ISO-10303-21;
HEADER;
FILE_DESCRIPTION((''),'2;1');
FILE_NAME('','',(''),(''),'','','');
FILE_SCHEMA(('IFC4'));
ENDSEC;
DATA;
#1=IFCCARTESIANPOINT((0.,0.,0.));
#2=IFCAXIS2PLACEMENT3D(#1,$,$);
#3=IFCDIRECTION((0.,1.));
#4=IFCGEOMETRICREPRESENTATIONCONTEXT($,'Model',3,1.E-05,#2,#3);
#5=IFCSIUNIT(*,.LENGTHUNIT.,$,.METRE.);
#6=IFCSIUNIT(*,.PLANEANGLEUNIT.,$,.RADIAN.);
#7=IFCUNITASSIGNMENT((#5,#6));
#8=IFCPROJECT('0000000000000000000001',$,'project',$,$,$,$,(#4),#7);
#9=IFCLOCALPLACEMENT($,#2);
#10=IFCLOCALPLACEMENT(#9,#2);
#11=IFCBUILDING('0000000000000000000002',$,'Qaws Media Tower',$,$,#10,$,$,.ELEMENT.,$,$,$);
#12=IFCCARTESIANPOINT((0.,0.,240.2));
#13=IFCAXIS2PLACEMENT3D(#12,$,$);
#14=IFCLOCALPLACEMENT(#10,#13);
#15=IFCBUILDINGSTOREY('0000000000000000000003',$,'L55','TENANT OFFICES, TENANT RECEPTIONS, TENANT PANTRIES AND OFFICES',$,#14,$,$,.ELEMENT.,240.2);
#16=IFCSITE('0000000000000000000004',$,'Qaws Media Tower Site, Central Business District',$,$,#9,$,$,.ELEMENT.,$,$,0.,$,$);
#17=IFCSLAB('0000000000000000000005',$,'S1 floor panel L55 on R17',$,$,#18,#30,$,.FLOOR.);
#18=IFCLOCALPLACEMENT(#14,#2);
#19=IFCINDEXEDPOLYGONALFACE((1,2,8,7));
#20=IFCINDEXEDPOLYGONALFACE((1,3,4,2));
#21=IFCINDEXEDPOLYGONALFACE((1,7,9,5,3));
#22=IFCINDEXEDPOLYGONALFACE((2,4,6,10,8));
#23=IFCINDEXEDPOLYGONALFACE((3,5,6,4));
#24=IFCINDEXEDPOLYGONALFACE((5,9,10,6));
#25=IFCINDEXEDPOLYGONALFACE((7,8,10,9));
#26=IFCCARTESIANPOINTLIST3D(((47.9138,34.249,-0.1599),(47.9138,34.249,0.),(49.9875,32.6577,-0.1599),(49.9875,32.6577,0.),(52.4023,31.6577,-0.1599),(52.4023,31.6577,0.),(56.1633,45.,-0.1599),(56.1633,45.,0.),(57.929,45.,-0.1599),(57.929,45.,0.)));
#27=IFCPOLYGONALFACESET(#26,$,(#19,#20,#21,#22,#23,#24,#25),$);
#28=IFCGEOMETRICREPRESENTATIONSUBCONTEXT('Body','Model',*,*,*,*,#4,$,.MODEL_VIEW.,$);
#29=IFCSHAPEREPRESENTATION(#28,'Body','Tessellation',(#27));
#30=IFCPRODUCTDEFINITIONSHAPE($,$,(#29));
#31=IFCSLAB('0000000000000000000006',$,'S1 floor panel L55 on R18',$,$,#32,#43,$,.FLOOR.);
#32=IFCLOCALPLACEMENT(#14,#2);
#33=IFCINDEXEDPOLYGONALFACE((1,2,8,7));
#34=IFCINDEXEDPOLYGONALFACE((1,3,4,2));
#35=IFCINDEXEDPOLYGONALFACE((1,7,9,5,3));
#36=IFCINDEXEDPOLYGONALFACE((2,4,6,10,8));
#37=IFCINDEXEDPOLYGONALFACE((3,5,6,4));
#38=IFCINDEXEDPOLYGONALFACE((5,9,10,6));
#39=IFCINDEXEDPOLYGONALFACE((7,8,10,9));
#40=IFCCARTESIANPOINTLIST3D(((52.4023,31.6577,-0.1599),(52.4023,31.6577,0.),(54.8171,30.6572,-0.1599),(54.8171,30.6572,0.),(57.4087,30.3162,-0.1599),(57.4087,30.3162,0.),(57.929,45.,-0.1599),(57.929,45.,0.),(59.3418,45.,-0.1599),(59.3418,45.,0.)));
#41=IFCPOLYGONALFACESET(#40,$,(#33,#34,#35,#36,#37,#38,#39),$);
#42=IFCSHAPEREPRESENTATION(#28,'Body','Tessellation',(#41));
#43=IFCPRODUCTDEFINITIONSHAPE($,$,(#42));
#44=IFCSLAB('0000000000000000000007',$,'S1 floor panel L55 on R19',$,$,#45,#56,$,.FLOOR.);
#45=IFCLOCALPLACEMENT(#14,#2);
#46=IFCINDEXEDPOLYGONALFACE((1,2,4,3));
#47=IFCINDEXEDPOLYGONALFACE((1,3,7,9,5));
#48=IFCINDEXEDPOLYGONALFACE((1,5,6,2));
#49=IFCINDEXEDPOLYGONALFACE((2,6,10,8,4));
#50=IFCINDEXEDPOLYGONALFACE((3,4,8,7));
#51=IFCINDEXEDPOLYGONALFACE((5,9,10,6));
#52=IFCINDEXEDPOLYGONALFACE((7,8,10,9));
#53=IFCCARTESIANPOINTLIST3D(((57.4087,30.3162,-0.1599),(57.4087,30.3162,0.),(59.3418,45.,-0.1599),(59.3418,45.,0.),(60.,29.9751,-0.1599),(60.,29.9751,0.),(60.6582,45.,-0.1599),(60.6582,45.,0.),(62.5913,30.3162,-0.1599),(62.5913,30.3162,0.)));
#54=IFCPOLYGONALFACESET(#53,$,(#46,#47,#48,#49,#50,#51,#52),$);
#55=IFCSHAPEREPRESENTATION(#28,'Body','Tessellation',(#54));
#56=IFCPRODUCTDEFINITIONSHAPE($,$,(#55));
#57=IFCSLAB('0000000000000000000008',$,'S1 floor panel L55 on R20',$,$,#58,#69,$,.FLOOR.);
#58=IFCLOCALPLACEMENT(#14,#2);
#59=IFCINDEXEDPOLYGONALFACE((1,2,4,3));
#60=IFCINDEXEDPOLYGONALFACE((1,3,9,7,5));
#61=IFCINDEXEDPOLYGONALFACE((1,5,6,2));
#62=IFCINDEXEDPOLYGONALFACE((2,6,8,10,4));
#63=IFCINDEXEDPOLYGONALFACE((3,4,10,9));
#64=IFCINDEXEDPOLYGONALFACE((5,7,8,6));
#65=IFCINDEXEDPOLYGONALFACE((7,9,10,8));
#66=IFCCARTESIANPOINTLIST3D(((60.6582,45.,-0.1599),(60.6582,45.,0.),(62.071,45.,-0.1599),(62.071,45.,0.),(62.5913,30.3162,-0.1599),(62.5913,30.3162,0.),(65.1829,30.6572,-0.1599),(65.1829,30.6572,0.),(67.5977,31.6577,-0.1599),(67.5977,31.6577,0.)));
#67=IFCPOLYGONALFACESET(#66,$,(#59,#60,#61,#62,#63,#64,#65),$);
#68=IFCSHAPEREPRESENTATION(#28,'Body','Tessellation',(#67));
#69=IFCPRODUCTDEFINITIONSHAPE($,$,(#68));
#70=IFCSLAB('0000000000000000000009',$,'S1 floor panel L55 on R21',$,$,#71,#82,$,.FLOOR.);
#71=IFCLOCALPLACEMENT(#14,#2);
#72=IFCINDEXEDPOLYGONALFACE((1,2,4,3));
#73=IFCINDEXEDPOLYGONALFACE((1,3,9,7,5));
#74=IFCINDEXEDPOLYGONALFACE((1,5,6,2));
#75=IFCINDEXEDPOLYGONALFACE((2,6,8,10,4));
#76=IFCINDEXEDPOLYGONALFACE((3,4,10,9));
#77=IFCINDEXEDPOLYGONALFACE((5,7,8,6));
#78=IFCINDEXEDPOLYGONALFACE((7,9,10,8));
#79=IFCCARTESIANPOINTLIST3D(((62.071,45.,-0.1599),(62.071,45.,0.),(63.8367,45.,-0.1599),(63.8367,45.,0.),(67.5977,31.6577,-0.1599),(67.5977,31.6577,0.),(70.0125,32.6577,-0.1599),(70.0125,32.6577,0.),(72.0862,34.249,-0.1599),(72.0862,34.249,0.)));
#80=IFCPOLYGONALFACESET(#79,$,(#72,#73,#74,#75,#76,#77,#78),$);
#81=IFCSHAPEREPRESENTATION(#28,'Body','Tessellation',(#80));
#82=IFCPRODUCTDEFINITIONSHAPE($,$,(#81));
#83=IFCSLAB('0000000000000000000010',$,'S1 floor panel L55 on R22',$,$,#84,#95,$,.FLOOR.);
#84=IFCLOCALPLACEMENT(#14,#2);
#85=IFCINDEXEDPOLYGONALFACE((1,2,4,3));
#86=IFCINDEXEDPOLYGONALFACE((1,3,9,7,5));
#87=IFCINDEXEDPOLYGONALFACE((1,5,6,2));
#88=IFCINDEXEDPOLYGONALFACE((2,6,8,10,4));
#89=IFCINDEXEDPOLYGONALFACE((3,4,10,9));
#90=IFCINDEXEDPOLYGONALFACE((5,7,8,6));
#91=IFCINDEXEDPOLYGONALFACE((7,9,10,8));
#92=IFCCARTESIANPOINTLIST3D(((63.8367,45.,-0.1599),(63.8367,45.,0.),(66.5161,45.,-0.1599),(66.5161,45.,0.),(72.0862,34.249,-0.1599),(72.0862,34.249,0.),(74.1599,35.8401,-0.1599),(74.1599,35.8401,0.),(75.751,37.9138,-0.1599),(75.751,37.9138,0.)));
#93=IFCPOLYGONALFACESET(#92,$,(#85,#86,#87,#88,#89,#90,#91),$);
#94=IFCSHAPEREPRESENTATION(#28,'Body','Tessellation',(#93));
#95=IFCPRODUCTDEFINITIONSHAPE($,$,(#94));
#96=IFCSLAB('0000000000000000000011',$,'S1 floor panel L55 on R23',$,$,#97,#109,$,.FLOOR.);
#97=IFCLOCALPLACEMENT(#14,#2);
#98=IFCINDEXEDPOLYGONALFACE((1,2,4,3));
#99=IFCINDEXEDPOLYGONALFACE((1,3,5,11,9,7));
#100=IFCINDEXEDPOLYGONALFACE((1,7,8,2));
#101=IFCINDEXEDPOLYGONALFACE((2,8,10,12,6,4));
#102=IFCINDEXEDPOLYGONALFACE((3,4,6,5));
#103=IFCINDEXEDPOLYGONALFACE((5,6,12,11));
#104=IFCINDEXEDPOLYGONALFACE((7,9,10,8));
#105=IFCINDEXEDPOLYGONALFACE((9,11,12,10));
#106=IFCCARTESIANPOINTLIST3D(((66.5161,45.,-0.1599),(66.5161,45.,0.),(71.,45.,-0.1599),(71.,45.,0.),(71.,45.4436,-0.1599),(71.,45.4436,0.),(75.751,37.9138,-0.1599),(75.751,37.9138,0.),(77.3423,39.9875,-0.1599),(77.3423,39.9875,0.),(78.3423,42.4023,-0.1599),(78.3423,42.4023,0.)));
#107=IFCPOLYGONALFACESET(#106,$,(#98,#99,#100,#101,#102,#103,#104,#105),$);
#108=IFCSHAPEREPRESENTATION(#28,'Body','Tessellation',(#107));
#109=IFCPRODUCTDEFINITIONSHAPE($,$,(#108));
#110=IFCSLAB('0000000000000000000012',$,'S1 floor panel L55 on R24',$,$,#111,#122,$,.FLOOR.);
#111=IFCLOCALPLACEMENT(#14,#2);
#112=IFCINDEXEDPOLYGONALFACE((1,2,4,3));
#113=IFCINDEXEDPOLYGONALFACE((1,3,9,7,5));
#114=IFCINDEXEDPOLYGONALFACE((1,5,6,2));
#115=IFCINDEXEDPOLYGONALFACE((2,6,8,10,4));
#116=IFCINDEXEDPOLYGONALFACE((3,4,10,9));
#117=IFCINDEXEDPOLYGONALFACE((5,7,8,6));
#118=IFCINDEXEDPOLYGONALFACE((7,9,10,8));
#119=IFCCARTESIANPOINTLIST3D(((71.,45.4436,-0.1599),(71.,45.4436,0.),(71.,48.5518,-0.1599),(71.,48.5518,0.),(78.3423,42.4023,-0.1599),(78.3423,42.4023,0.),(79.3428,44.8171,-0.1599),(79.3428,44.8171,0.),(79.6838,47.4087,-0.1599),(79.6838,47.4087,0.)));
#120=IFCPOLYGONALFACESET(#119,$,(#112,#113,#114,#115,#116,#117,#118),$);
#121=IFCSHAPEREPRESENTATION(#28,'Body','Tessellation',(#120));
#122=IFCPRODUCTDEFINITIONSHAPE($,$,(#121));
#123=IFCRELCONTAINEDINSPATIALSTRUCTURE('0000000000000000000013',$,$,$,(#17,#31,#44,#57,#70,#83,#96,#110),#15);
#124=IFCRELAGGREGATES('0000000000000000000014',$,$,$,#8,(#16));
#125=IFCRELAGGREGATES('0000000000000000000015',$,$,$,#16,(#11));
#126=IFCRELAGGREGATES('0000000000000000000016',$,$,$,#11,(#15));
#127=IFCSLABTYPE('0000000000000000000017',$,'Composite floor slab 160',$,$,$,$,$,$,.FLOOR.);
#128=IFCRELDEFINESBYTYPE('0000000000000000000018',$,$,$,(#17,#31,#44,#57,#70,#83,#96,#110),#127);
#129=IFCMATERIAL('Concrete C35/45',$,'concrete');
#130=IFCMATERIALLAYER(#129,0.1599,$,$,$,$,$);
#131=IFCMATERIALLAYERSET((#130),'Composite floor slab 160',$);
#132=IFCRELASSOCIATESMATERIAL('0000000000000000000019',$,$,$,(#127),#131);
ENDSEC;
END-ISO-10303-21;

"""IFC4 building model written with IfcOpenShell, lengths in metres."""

from ifc_helpers import new_model, si_unit, direction, frame, origin, place, context, subcontext, project, spatial, polyline, outline, extrude, material, layer, layer_set, type_object, element, save


model = new_model("IFC4")

# Units and contexts
model_context = context("Model", 3, precision=1e-05, world=origin(), true_north=direction((0.0, 1.0)))
body_context = subcontext(model_context, "Body", "Model", "MODEL_VIEW")
ifc_project = project(units=[si_unit("LENGTHUNIT", "METRE"), si_unit("PLANEANGLEUNIT", "RADIAN")], contexts=[model_context])

# Site, building, storey
site_placement = place(None, origin())
site = spatial("IfcSite", under=ifc_project, at=site_placement, Name="Qaws Media Tower Site, Central Business District", CompositionType="ELEMENT", RefElevation=0.0)
building_placement = place(site_placement, origin())
building = spatial("IfcBuilding", under=site, at=building_placement, Name="Qaws Media Tower", CompositionType="ELEMENT")
storey_placement = place(building_placement, frame((0.0, 0.0, 240.2)))
storey = spatial("IfcBuildingStorey", under=building, at=storey_placement, Name="L55", Description="TENANT OFFICES, TENANT RECEPTIONS, TENANT PANTRIES AND OFFICES", CompositionType="ELEMENT", Elevation=240.2)

# Slabs
ifc_material_1 = material(Name="Concrete C35/45", Category="concrete")
ifc_layer_1 = layer(ifc_material_1, 0.1599)
ifc_layer_set_1 = layer_set([ifc_layer_1], Name="Composite floor slab 160")
slab_type_1 = type_object("IfcSlabType", Name="Composite floor slab 160", PredefinedType="FLOOR", material=ifc_layer_set_1)
slab_1_placement = place(storey_placement, frame((0.0, 0.0, -0.1599)))
element("IfcSlab", 1, at=slab_1_placement, inside=storey, type_object=slab_type_1, Name="S1 floor panel L55 on R17", PredefinedType="FLOOR", context=body_context, shape_type="SweptSolid", body=[
    extrude(outline(polyline([(49.9875, 32.6577), (47.9138, 34.249), (56.1633, 45.0), (57.929, 45.0), (52.4023, 31.6577), (49.9875, 32.6577)])), origin(), (0.0, 0.0, 1.0), 0.1599),
])
slab_2_placement = place(storey_placement, frame((0.0, 0.0, -0.1599)))
element("IfcSlab", 2, at=slab_2_placement, inside=storey, type_object=slab_type_1, Name="S1 floor panel L55 on R18", PredefinedType="FLOOR", context=body_context, shape_type="SweptSolid", body=[
    extrude(outline(polyline([(54.8171, 30.6572), (52.4023, 31.6577), (57.929, 45.0), (59.3418, 45.0), (57.4087, 30.3162), (54.8171, 30.6572)])), origin(), (0.0, 0.0, 1.0), 0.1599),
])
slab_3_placement = place(storey_placement, frame((0.0, 0.0, -0.1599)))
element("IfcSlab", 3, at=slab_3_placement, inside=storey, type_object=slab_type_1, Name="S1 floor panel L55 on R19", PredefinedType="FLOOR", context=body_context, shape_type="SweptSolid", body=[
    extrude(outline(polyline([(60.0, 29.9751), (57.4087, 30.3162), (59.3418, 45.0), (60.6582, 45.0), (62.5913, 30.3162), (60.0, 29.9751)])), origin(), (0.0, 0.0, 1.0), 0.1599),
])
slab_4_placement = place(storey_placement, frame((0.0, 0.0, -0.1599)))
element("IfcSlab", 4, at=slab_4_placement, inside=storey, type_object=slab_type_1, Name="S1 floor panel L55 on R20", PredefinedType="FLOOR", context=body_context, shape_type="SweptSolid", body=[
    extrude(outline(polyline([(65.1829, 30.6572), (62.5913, 30.3162), (60.6582, 45.0), (62.071, 45.0), (67.5977, 31.6577), (65.1829, 30.6572)])), origin(), (0.0, 0.0, 1.0), 0.1599),
])
slab_5_placement = place(storey_placement, frame((0.0, 0.0, -0.1599)))
element("IfcSlab", 5, at=slab_5_placement, inside=storey, type_object=slab_type_1, Name="S1 floor panel L55 on R21", PredefinedType="FLOOR", context=body_context, shape_type="SweptSolid", body=[
    extrude(outline(polyline([(70.0125, 32.6577), (67.5977, 31.6577), (62.071, 45.0), (63.8367, 45.0), (72.0862, 34.249), (70.0125, 32.6577)])), origin(), (0.0, 0.0, 1.0), 0.1599),
])
slab_6_placement = place(storey_placement, frame((0.0, 0.0, -0.1599)))
element("IfcSlab", 6, at=slab_6_placement, inside=storey, type_object=slab_type_1, Name="S1 floor panel L55 on R22", PredefinedType="FLOOR", context=body_context, shape_type="SweptSolid", body=[
    extrude(outline(polyline([(74.1599, 35.8401), (72.0862, 34.249), (63.8367, 45.0), (66.5161, 45.0), (75.751, 37.9138), (74.1599, 35.8401)])), origin(), (0.0, 0.0, 1.0), 0.1599),
])
slab_7_placement = place(storey_placement, frame((0.0, 0.0, -0.1599)))
element("IfcSlab", 7, at=slab_7_placement, inside=storey, type_object=slab_type_1, Name="S1 floor panel L55 on R23", PredefinedType="FLOOR", context=body_context, shape_type="SweptSolid", body=[
    extrude(outline(polyline([(77.3423, 39.9875), (75.751, 37.9138), (66.5161, 45.0), (71.0, 45.0), (71.0, 45.4436), (78.3423, 42.4023), (77.3423, 39.9875)])), origin(), (0.0, 0.0, 1.0), 0.1599),
])
slab_8_placement = place(storey_placement, frame((0.0, 0.0, -0.1599)))
element("IfcSlab", 8, at=slab_8_placement, inside=storey, type_object=slab_type_1, Name="S1 floor panel L55 on R24", PredefinedType="FLOOR", context=body_context, shape_type="SweptSolid", body=[
    extrude(outline(polyline([(78.3423, 42.4023), (71.0, 45.4436), (71.0, 48.5518), (79.6838, 47.4087), (79.3428, 44.8171), (78.3423, 42.4023)])), origin(), (0.0, 0.0, 1.0), 0.1599),
])

save(model, "model.ifc")
